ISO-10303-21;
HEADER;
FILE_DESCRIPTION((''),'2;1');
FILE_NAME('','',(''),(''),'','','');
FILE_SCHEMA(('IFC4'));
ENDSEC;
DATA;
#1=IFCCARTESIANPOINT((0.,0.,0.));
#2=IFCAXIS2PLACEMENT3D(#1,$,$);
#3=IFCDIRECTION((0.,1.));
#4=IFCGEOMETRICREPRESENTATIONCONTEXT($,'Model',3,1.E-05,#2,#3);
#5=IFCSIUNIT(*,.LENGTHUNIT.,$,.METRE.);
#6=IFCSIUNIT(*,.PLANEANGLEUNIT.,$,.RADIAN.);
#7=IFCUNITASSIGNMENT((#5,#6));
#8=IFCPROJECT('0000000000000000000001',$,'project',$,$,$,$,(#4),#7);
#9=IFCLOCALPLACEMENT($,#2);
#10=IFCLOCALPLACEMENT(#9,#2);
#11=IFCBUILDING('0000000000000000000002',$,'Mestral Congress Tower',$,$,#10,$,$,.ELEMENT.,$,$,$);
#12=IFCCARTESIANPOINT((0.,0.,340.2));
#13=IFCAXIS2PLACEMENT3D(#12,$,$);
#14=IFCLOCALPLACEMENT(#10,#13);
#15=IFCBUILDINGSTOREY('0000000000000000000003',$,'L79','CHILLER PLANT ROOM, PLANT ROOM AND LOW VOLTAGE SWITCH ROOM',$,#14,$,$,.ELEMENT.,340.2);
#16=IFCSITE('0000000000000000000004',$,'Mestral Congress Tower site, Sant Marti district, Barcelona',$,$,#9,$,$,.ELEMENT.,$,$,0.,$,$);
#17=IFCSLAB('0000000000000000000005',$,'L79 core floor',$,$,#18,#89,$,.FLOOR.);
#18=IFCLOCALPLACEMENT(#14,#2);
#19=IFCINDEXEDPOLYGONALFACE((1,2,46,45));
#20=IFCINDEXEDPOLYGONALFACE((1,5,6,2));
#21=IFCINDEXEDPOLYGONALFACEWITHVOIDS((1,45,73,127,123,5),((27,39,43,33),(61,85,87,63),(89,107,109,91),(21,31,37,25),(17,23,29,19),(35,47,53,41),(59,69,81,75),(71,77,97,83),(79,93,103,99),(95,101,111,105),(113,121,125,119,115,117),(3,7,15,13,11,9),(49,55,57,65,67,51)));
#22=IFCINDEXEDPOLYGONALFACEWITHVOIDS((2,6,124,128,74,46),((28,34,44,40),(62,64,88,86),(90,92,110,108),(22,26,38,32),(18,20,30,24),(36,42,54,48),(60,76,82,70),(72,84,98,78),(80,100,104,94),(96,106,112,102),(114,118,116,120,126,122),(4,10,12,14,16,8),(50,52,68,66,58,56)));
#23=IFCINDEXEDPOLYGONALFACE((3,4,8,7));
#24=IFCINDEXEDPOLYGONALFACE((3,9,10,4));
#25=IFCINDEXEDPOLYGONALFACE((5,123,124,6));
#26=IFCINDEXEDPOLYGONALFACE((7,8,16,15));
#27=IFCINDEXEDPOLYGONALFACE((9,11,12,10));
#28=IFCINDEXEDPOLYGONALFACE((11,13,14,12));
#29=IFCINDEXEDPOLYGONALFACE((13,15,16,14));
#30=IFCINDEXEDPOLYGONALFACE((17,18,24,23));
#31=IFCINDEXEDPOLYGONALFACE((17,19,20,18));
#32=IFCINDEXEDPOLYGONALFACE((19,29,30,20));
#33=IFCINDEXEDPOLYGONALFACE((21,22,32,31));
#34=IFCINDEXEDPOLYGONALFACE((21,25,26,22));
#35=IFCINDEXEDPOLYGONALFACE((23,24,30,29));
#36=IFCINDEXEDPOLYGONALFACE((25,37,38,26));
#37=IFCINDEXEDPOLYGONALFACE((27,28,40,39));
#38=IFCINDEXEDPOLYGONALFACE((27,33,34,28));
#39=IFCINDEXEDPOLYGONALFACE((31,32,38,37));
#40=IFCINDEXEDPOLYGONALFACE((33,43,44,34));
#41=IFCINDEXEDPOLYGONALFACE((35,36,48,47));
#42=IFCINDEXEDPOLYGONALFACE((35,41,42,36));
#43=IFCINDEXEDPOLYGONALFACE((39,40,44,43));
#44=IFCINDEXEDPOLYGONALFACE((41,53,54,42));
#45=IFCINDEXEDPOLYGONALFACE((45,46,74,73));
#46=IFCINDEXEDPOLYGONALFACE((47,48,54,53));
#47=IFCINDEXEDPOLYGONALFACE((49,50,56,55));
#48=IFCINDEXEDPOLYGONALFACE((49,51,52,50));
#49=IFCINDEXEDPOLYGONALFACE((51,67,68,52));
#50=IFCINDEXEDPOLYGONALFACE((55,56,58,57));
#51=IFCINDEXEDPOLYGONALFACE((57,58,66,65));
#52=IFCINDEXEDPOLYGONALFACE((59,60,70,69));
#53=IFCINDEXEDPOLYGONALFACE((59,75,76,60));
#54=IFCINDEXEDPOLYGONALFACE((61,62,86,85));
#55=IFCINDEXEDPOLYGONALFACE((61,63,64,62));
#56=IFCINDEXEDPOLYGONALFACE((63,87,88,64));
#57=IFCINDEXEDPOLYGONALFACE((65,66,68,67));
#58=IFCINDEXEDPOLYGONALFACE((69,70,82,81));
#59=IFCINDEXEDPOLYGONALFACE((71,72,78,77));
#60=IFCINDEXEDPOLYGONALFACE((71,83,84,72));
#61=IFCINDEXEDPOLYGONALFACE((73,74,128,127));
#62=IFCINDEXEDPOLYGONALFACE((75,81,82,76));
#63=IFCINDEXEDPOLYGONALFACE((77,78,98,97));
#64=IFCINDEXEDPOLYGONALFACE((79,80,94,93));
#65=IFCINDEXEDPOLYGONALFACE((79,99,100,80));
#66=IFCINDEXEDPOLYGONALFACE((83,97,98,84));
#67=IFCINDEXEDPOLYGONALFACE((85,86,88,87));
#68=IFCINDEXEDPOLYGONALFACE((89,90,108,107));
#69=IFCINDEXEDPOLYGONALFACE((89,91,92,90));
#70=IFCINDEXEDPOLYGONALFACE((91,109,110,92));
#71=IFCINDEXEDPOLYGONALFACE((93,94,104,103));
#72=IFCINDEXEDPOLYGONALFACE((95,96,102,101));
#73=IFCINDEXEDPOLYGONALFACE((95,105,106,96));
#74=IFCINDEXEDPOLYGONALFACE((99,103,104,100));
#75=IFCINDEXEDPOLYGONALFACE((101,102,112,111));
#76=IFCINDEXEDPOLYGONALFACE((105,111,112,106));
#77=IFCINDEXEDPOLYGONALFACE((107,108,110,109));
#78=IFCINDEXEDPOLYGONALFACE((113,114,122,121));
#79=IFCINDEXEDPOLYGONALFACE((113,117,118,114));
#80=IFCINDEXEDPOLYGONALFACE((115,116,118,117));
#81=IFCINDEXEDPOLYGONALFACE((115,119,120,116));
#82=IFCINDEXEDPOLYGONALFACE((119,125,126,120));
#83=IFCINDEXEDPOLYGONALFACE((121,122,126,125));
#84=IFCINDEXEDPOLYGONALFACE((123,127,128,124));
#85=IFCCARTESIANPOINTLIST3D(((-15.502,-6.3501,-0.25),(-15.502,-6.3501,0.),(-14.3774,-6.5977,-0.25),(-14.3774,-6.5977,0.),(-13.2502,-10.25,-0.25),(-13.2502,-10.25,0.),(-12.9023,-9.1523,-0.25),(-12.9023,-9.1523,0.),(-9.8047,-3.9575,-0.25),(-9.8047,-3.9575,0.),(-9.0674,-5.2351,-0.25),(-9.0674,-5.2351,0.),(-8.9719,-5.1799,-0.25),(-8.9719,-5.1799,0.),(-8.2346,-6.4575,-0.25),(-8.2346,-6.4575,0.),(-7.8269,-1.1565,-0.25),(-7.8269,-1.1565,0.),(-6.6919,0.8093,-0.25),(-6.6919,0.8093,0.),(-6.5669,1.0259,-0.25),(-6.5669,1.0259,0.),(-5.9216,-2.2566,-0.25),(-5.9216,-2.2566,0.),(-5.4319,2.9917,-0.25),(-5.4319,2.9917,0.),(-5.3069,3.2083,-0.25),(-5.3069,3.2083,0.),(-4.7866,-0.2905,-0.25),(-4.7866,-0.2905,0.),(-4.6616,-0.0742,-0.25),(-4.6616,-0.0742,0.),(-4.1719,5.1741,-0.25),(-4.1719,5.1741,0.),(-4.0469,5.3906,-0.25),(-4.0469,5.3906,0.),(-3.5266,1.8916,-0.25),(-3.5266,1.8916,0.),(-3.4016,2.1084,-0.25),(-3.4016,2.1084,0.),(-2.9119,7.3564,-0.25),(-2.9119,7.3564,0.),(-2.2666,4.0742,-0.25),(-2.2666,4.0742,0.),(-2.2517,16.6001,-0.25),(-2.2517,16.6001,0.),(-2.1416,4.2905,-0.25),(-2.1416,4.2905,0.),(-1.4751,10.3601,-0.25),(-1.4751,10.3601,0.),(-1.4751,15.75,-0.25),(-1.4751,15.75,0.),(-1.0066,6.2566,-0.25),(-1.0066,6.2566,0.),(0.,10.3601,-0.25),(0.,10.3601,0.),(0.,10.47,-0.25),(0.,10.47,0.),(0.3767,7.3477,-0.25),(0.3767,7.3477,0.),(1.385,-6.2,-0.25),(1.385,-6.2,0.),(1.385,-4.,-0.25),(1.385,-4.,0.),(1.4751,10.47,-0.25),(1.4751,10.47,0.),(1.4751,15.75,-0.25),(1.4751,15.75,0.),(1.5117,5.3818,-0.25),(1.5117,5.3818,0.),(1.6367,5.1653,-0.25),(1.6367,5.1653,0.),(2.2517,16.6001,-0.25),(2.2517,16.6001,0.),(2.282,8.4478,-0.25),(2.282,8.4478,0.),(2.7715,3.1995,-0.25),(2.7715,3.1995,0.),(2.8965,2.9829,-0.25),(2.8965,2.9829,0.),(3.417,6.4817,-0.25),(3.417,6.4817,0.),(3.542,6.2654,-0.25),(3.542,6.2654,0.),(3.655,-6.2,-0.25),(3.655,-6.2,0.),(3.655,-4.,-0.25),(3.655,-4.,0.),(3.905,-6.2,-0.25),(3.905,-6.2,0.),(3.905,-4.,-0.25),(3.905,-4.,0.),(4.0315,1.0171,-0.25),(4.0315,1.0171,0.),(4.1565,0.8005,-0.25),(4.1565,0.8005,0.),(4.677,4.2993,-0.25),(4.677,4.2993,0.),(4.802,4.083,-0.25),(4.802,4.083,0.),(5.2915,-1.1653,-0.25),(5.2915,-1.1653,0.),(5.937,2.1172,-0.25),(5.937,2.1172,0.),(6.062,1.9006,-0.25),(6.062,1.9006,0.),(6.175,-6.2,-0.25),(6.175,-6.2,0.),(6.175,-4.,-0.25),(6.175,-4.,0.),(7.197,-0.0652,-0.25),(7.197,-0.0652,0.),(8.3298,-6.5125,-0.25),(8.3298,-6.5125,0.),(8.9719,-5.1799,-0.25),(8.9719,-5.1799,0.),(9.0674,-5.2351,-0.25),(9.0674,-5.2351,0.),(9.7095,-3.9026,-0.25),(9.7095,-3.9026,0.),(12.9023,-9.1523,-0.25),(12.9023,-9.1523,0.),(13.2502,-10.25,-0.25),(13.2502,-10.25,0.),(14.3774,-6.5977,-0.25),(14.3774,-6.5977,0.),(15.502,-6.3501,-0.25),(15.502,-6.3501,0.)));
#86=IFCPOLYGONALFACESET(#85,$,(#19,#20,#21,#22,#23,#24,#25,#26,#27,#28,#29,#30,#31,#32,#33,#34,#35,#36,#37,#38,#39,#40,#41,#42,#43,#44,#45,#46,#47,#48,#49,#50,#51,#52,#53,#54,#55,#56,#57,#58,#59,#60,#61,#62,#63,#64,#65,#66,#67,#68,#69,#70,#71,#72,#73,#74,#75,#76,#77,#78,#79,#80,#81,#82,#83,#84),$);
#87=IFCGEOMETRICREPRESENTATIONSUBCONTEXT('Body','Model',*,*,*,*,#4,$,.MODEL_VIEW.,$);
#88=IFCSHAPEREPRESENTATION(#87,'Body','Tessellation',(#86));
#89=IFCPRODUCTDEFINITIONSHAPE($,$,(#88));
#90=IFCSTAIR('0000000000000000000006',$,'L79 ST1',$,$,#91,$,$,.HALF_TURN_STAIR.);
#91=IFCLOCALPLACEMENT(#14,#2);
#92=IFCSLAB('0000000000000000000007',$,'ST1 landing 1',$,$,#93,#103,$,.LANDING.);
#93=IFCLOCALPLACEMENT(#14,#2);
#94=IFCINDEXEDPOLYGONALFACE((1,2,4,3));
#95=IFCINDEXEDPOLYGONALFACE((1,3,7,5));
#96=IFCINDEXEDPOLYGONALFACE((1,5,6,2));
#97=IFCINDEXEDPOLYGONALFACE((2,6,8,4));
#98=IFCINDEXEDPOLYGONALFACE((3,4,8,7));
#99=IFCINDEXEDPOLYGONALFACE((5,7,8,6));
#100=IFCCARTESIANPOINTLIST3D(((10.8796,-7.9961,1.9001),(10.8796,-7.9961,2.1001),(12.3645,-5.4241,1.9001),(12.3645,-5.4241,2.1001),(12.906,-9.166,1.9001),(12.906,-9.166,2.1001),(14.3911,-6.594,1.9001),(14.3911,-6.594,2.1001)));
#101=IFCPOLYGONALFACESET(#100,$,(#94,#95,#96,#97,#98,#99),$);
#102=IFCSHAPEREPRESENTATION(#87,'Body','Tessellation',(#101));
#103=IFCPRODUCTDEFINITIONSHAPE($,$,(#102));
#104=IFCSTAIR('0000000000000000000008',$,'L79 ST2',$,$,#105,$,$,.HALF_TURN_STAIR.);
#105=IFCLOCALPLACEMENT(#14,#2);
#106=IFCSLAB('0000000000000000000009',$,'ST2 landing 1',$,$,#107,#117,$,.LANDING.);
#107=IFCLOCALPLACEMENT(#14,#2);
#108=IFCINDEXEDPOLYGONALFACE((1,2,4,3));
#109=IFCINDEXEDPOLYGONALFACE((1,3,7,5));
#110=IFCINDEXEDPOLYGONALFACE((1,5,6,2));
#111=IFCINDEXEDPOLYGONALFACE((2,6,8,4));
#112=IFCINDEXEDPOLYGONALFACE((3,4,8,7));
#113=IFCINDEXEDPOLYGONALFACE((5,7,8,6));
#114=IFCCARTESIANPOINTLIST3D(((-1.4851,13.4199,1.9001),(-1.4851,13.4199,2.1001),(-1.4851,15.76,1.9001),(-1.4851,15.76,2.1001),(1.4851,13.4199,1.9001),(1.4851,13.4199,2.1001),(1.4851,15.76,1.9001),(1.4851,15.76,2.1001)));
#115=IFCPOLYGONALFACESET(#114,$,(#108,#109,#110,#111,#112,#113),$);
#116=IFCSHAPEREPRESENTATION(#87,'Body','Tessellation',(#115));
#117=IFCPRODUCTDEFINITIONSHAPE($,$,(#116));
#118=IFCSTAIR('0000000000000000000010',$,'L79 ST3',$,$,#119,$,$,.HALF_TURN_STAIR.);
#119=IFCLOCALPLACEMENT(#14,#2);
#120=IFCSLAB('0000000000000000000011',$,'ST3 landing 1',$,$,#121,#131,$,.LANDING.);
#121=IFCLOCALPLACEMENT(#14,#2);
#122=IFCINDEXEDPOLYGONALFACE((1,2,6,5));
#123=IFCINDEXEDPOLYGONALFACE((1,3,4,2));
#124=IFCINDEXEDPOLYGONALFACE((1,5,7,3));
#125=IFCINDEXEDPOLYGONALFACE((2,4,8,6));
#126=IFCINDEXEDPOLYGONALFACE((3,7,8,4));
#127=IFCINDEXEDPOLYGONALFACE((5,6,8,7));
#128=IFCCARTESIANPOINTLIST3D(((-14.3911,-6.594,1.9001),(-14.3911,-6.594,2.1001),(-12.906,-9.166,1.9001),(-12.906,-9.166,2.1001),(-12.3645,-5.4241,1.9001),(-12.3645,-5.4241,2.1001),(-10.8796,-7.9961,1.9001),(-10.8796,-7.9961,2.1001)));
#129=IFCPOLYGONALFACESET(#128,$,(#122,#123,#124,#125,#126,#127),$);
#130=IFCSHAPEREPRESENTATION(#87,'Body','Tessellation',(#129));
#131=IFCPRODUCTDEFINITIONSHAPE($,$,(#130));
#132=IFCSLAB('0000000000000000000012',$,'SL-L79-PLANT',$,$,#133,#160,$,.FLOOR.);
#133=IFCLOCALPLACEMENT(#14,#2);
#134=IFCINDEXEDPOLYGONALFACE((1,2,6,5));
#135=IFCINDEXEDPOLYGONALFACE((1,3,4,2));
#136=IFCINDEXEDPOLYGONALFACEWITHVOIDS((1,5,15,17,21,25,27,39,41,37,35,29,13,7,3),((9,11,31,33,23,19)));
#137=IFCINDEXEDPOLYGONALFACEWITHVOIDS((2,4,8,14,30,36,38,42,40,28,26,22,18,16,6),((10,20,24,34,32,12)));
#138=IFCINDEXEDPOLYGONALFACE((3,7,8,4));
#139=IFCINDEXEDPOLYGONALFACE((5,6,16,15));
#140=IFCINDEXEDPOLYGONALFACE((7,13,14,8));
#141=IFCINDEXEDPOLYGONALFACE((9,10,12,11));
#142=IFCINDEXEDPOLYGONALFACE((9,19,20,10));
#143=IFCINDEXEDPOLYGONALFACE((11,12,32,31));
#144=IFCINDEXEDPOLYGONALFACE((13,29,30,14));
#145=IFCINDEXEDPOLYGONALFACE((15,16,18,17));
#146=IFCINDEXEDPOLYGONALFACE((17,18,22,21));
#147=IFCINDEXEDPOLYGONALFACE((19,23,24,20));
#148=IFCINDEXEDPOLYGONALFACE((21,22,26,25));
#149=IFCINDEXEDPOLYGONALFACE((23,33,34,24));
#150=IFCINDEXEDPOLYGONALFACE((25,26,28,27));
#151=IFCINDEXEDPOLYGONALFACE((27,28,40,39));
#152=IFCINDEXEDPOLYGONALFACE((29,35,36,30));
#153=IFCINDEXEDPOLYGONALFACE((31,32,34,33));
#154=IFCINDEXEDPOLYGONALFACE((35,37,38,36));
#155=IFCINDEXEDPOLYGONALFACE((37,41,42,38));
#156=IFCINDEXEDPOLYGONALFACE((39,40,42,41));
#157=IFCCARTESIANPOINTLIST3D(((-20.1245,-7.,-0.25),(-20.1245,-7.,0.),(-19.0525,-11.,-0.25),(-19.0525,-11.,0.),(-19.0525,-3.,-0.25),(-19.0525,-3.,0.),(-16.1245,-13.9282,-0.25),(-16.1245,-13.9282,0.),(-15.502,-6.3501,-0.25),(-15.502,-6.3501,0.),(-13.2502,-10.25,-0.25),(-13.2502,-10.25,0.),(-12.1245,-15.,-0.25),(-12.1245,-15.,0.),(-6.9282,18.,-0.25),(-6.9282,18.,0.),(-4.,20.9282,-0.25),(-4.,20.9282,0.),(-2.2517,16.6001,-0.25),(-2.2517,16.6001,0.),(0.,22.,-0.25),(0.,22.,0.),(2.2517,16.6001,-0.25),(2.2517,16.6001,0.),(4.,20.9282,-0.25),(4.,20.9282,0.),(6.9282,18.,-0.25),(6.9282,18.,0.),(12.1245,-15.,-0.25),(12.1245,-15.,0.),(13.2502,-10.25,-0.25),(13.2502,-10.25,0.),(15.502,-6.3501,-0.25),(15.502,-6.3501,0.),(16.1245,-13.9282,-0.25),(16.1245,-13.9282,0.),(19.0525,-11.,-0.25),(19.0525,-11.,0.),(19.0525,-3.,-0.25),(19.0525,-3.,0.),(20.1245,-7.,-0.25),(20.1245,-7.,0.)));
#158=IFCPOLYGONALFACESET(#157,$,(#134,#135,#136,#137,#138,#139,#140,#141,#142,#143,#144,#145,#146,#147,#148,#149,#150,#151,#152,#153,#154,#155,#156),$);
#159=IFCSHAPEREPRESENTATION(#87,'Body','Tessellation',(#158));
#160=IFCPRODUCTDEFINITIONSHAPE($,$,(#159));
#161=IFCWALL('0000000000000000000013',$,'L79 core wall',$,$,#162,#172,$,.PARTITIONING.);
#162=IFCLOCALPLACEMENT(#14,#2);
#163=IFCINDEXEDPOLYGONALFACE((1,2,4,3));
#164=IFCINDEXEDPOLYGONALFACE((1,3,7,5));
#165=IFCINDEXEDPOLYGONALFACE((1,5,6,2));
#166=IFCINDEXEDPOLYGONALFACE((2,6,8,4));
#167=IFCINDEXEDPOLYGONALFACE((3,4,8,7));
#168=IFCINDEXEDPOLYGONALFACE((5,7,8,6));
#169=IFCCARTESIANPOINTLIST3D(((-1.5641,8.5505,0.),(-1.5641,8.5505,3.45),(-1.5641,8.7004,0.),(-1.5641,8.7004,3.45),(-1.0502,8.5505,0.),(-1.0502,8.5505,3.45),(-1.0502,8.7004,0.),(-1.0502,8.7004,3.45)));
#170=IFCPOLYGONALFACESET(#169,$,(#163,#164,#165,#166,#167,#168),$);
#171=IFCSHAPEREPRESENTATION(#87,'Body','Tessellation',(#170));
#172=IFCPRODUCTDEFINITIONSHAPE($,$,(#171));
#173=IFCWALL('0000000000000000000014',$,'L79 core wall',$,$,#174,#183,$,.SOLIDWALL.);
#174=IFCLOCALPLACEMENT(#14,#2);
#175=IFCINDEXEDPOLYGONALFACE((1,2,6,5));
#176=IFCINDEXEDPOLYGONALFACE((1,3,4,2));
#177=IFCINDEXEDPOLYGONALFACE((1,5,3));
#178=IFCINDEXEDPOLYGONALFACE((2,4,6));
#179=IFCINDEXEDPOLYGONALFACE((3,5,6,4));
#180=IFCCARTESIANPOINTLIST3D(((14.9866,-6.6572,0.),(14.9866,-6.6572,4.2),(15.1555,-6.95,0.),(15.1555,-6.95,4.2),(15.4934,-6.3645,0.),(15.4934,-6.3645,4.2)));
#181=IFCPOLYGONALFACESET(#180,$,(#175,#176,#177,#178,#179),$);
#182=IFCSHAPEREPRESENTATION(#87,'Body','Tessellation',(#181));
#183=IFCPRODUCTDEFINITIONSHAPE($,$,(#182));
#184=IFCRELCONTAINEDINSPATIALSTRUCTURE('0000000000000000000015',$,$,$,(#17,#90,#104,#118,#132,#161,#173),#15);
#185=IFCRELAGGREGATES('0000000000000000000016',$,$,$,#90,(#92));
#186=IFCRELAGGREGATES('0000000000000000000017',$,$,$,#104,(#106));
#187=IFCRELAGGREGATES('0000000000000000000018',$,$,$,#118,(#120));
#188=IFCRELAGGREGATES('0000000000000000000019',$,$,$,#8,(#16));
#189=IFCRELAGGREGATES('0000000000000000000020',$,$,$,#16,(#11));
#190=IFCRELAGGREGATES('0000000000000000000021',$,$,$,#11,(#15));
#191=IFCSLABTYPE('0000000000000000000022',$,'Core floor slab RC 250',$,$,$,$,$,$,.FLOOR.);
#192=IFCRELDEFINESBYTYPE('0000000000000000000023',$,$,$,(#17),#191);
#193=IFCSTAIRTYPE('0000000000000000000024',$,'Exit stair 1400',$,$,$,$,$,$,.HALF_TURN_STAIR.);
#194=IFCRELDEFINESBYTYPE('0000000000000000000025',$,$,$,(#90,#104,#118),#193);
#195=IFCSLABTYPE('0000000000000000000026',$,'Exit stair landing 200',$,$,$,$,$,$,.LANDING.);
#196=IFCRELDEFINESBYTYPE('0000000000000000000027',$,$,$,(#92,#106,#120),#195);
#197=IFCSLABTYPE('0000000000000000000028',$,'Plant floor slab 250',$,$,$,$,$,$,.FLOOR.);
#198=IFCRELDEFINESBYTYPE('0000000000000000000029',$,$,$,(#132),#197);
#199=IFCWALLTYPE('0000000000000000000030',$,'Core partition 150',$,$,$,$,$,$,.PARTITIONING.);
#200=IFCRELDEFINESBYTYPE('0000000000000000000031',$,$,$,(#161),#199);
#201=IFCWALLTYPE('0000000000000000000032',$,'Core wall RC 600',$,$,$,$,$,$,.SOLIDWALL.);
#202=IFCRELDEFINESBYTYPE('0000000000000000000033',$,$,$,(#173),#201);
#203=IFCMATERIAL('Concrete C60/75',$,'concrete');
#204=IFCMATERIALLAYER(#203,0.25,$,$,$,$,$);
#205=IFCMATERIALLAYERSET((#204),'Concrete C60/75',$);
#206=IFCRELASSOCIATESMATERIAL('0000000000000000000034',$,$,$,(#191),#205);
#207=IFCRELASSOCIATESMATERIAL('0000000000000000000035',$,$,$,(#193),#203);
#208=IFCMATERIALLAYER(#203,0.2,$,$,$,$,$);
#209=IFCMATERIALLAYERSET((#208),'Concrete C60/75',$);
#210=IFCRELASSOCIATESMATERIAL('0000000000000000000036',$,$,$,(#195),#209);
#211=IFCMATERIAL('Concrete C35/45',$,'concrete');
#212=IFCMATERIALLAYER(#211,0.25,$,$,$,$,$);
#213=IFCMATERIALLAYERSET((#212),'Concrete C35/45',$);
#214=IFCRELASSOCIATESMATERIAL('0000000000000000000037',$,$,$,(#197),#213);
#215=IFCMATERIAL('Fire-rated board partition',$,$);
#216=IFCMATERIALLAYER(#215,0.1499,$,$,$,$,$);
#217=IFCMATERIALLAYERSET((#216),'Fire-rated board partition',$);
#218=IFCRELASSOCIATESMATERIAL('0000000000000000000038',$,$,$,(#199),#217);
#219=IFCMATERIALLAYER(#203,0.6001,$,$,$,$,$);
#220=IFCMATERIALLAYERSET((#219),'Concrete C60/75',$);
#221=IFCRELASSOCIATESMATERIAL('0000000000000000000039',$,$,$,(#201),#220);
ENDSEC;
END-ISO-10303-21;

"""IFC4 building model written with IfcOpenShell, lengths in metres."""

from ifc_helpers import new_model, si_unit, direction, frame, frame_2d, origin, place, context, subcontext, project, spatial, polyline, rectangle, outline, extrude, material, layer, layer_set, type_object, element, aggregate, save


model = new_model("IFC4")

# Units and contexts
model_context = context("Model", 3, precision=1e-05, world=origin(), true_north=direction((0.0, 1.0)))
body_context = subcontext(model_context, "Body", "Model", "MODEL_VIEW")
ifc_project = project(units=[si_unit("LENGTHUNIT", "METRE"), si_unit("PLANEANGLEUNIT", "RADIAN")], contexts=[model_context])

# Site, building, storey
site_placement = place(None, origin())
site = spatial("IfcSite", under=ifc_project, at=site_placement, Name="Mestral Congress Tower site, Sant Marti district, Barcelona", CompositionType="ELEMENT", RefElevation=0.0)
building_placement = place(site_placement, origin())
building = spatial("IfcBuilding", under=site, at=building_placement, Name="Mestral Congress Tower", CompositionType="ELEMENT")
storey_placement = place(building_placement, frame((0.0, 0.0, 340.2)))
storey = spatial("IfcBuildingStorey", under=building, at=storey_placement, Name="L79", Description="CHILLER PLANT ROOM, PLANT ROOM AND LOW VOLTAGE SWITCH ROOM", CompositionType="ELEMENT", Elevation=340.2)

# Slab
ifc_material_1 = material(Name="Concrete C60/75", Category="concrete")
ifc_layer_1 = layer(ifc_material_1, 0.25)
ifc_layer_set_1 = layer_set([ifc_layer_1], Name="Concrete C60/75")
slab_type_1 = type_object("IfcSlabType", Name="Core floor slab RC 250", PredefinedType="FLOOR", material=ifc_layer_set_1)
placement_1 = place(storey_placement, frame((0.0, 0.0, -0.25)))
element("IfcSlab", 1, at=placement_1, inside=storey, type_object=slab_type_1, Name="L79 core floor", PredefinedType="FLOOR", context=body_context, shape_type="SweptSolid", body=[
    extrude(outline(polyline([(13.2502, -10.25), (-13.2502, -10.25), (-15.502, -6.3501), (-2.2517, 16.6001), (2.2517, 16.6001), (15.502, -6.3501), (13.2502, -10.25)]), holes=[polyline([(-14.3774, -6.5977), (-12.9023, -9.1523), (-8.2346, -6.4575), (-8.9719, -5.1799), (-9.0674, -5.2351), (-9.8047, -3.9575), (-14.3774, -6.5977)]), polyline([(-5.9216, -2.2566), (-4.7866, -0.2905), (-6.6919, 0.8093), (-7.8269, -1.1565), (-5.9216, -2.2566)]), polyline([(-4.6616, -0.0742), (-3.5266, 1.8916), (-5.4319, 2.9917), (-6.5669, 1.0259), (-4.6616, -0.0742)]), polyline([(-2.2666, 4.0742), (-4.1719, 5.1741), (-5.3069, 3.2083), (-3.4016, 2.1084), (-2.2666, 4.0742)]), polyline([(-2.1416, 4.2905), (-1.0066, 6.2566), (-2.9119, 7.3564), (-4.0469, 5.3906), (-2.1416, 4.2905)]), polyline([(0.3767, 7.3477), (1.5117, 5.3818), (3.417, 6.4817), (2.282, 8.4478), (0.3767, 7.3477)]), polyline([(1.4751, 15.75), (-1.4751, 15.75), (-1.4751, 10.3601), (0.0, 10.3601), (0.0, 10.47), (1.4751, 10.47), (1.4751, 15.75)]), polyline([(8.3298, -6.5125), (12.9023, -9.1523), (14.3774, -6.5977), (9.7095, -3.9026), (8.9719, -5.1799), (9.0674, -5.2351), (8.3298, -6.5125)]), polyline([(3.655, -4.0), (1.385, -4.0), (1.385, -6.2), (3.655, -6.2), (3.655, -4.0)]), polyline([(6.175, -4.0), (3.905, -4.0), (3.905, -6.2), (6.175, -6.2), (6.175, -4.0)]), polyline([(4.1565, 0.8005), (5.2915, -1.1653), (7.197, -0.0652), (6.062, 1.9006), (4.1565, 0.8005)]), polyline([(2.8965, 2.9829), (4.0315, 1.0171), (5.937, 2.1172), (4.802, 4.083), (2.8965, 2.9829)]), polyline([(1.6367, 5.1653), (2.7715, 3.1995), (4.677, 4.2993), (3.542, 6.2654), (1.6367, 5.1653)])]), origin(), (0.0, 0.0, 1.0), 0.25),
])

# Stairs, slabs
stair_type = type_object("IfcStairType", Name="Exit stair 1400", PredefinedType="HALF_TURN_STAIR", material=ifc_material_1)
placement_2 = place(storey_placement, origin())
stair_1 = element("IfcStair", 2, at=placement_2, inside=storey, type_object=stair_type, Name="L79 ST1", PredefinedType="HALF_TURN_STAIR")
ifc_layer_2 = layer(ifc_material_1, 0.2)
ifc_layer_set_2 = layer_set([ifc_layer_2], Name="Concrete C60/75")
slab_type_2 = type_object("IfcSlabType", Name="Exit stair landing 200", PredefinedType="LANDING", material=ifc_layer_set_2)
placement_3 = place(storey_placement, frame((0.0, 0.0, 1.9001)))
slab_1 = element("IfcSlab", 3, at=placement_3, type_object=slab_type_2, Name="ST1 landing 1", PredefinedType="LANDING", context=body_context, shape_type="SweptSolid", body=[
    extrude(outline(polyline([(10.8796, -7.9961), (12.3645, -5.4241), (14.3911, -6.594), (12.906, -9.166), (10.8796, -7.9961)])), origin(), (0.0, 0.0, 1.0), 0.2),
])
aggregate(stair_1, [slab_1])
stair_2 = element("IfcStair", 4, at=placement_2, inside=storey, type_object=stair_type, Name="L79 ST2", PredefinedType="HALF_TURN_STAIR")
slab_2 = element("IfcSlab", 5, at=placement_3, type_object=slab_type_2, Name="ST2 landing 1", PredefinedType="LANDING", context=body_context, shape_type="SweptSolid", body=[
    extrude(outline(polyline([(1.4851, 13.4199), (-1.4851, 13.4199), (-1.4851, 15.76), (1.4851, 15.76), (1.4851, 13.4199)])), origin(), (0.0, 0.0, 1.0), 0.2),
])
aggregate(stair_2, [slab_2])
stair_3 = element("IfcStair", 6, at=placement_2, inside=storey, type_object=stair_type, Name="L79 ST3", PredefinedType="HALF_TURN_STAIR")
slab_3 = element("IfcSlab", 7, at=placement_3, type_object=slab_type_2, Name="ST3 landing 1", PredefinedType="LANDING", context=body_context, shape_type="SweptSolid", body=[
    extrude(outline(polyline([(-12.3645, -5.4241), (-10.8796, -7.9961), (-12.906, -9.166), (-14.3911, -6.594), (-12.3645, -5.4241)])), origin(), (0.0, 0.0, 1.0), 0.2),
])
aggregate(stair_3, [slab_3])

# Slab
ifc_material_2 = material(Name="Concrete C35/45", Category="concrete")
ifc_layer_3 = layer(ifc_material_2, 0.25)
ifc_layer_set_3 = layer_set([ifc_layer_3], Name="Concrete C35/45")
slab_type_3 = type_object("IfcSlabType", Name="Plant floor slab 250", PredefinedType="FLOOR", material=ifc_layer_set_3)
element("IfcSlab", 8, at=placement_1, inside=storey, type_object=slab_type_3, Name="SL-L79-PLANT", PredefinedType="FLOOR", context=body_context, shape_type="SweptSolid", body=[
    extrude(outline(polyline([(12.1245, -15.0), (16.1245, -13.9282), (19.0525, -11.0), (20.1245, -7.0), (19.0525, -3.0), (6.9282, 18.0), (4.0, 20.9282), (0.0, 22.0), (-4.0, 20.9282), (-6.9282, 18.0), (-19.0525, -3.0), (-20.1245, -7.0), (-19.0525, -11.0), (-16.1245, -13.9282), (-12.1245, -15.0), (12.1245, -15.0)]), holes=[polyline([(-2.2517, 16.6001), (-15.502, -6.3501), (-13.2502, -10.25), (13.2502, -10.25), (15.502, -6.3501), (2.2517, 16.6001), (-2.2517, 16.6001)])]), origin(), (0.0, 0.0, 1.0), 0.25),
])

# Walls
ifc_material_3 = material(Name="Fire-rated board partition")
ifc_layer_4 = layer(ifc_material_3, 0.1499)
ifc_layer_set_4 = layer_set([ifc_layer_4], Name="Fire-rated board partition")
wall_type_1 = type_object("IfcWallType", Name="Core partition 150", PredefinedType="PARTITIONING", material=ifc_layer_set_4)
wall_1_placement = place(storey_placement, frame((-1.564, 8.6255, 0.0), z_axis=(0.0, 0.0, 1.0), x_axis=(1.0, 0.0, 0.0)))
element("IfcWall", 9, at=wall_1_placement, inside=storey, type_object=wall_type_1, Name="L79 core wall", PredefinedType="PARTITIONING", context=body_context, shape_type="SweptSolid", body=[
    extrude(rectangle(XDim=0.5139, YDim=0.1499, at=frame_2d((0.2568, 0.0))), origin(), (0.0, 0.0, 1.0), 3.45),
])
ifc_layer_5 = layer(ifc_material_1, 0.6001)
ifc_layer_set_5 = layer_set([ifc_layer_5], Name="Concrete C60/75")
wall_type_2 = type_object("IfcWallType", Name="Core wall RC 600", PredefinedType="SOLIDWALL", material=ifc_layer_set_5)
element("IfcWall", 10, at=placement_2, inside=storey, type_object=wall_type_2, Name="L79 core wall", PredefinedType="SOLIDWALL", context=body_context, shape_type="SweptSolid", body=[
    extrude(outline(polyline([(15.1555, -6.95), (14.9866, -6.6572), (15.4934, -6.3645), (15.1555, -6.95)])), origin(), (0.0, 0.0, 1.0), 4.2),
])

save(model, "model.ifc")
